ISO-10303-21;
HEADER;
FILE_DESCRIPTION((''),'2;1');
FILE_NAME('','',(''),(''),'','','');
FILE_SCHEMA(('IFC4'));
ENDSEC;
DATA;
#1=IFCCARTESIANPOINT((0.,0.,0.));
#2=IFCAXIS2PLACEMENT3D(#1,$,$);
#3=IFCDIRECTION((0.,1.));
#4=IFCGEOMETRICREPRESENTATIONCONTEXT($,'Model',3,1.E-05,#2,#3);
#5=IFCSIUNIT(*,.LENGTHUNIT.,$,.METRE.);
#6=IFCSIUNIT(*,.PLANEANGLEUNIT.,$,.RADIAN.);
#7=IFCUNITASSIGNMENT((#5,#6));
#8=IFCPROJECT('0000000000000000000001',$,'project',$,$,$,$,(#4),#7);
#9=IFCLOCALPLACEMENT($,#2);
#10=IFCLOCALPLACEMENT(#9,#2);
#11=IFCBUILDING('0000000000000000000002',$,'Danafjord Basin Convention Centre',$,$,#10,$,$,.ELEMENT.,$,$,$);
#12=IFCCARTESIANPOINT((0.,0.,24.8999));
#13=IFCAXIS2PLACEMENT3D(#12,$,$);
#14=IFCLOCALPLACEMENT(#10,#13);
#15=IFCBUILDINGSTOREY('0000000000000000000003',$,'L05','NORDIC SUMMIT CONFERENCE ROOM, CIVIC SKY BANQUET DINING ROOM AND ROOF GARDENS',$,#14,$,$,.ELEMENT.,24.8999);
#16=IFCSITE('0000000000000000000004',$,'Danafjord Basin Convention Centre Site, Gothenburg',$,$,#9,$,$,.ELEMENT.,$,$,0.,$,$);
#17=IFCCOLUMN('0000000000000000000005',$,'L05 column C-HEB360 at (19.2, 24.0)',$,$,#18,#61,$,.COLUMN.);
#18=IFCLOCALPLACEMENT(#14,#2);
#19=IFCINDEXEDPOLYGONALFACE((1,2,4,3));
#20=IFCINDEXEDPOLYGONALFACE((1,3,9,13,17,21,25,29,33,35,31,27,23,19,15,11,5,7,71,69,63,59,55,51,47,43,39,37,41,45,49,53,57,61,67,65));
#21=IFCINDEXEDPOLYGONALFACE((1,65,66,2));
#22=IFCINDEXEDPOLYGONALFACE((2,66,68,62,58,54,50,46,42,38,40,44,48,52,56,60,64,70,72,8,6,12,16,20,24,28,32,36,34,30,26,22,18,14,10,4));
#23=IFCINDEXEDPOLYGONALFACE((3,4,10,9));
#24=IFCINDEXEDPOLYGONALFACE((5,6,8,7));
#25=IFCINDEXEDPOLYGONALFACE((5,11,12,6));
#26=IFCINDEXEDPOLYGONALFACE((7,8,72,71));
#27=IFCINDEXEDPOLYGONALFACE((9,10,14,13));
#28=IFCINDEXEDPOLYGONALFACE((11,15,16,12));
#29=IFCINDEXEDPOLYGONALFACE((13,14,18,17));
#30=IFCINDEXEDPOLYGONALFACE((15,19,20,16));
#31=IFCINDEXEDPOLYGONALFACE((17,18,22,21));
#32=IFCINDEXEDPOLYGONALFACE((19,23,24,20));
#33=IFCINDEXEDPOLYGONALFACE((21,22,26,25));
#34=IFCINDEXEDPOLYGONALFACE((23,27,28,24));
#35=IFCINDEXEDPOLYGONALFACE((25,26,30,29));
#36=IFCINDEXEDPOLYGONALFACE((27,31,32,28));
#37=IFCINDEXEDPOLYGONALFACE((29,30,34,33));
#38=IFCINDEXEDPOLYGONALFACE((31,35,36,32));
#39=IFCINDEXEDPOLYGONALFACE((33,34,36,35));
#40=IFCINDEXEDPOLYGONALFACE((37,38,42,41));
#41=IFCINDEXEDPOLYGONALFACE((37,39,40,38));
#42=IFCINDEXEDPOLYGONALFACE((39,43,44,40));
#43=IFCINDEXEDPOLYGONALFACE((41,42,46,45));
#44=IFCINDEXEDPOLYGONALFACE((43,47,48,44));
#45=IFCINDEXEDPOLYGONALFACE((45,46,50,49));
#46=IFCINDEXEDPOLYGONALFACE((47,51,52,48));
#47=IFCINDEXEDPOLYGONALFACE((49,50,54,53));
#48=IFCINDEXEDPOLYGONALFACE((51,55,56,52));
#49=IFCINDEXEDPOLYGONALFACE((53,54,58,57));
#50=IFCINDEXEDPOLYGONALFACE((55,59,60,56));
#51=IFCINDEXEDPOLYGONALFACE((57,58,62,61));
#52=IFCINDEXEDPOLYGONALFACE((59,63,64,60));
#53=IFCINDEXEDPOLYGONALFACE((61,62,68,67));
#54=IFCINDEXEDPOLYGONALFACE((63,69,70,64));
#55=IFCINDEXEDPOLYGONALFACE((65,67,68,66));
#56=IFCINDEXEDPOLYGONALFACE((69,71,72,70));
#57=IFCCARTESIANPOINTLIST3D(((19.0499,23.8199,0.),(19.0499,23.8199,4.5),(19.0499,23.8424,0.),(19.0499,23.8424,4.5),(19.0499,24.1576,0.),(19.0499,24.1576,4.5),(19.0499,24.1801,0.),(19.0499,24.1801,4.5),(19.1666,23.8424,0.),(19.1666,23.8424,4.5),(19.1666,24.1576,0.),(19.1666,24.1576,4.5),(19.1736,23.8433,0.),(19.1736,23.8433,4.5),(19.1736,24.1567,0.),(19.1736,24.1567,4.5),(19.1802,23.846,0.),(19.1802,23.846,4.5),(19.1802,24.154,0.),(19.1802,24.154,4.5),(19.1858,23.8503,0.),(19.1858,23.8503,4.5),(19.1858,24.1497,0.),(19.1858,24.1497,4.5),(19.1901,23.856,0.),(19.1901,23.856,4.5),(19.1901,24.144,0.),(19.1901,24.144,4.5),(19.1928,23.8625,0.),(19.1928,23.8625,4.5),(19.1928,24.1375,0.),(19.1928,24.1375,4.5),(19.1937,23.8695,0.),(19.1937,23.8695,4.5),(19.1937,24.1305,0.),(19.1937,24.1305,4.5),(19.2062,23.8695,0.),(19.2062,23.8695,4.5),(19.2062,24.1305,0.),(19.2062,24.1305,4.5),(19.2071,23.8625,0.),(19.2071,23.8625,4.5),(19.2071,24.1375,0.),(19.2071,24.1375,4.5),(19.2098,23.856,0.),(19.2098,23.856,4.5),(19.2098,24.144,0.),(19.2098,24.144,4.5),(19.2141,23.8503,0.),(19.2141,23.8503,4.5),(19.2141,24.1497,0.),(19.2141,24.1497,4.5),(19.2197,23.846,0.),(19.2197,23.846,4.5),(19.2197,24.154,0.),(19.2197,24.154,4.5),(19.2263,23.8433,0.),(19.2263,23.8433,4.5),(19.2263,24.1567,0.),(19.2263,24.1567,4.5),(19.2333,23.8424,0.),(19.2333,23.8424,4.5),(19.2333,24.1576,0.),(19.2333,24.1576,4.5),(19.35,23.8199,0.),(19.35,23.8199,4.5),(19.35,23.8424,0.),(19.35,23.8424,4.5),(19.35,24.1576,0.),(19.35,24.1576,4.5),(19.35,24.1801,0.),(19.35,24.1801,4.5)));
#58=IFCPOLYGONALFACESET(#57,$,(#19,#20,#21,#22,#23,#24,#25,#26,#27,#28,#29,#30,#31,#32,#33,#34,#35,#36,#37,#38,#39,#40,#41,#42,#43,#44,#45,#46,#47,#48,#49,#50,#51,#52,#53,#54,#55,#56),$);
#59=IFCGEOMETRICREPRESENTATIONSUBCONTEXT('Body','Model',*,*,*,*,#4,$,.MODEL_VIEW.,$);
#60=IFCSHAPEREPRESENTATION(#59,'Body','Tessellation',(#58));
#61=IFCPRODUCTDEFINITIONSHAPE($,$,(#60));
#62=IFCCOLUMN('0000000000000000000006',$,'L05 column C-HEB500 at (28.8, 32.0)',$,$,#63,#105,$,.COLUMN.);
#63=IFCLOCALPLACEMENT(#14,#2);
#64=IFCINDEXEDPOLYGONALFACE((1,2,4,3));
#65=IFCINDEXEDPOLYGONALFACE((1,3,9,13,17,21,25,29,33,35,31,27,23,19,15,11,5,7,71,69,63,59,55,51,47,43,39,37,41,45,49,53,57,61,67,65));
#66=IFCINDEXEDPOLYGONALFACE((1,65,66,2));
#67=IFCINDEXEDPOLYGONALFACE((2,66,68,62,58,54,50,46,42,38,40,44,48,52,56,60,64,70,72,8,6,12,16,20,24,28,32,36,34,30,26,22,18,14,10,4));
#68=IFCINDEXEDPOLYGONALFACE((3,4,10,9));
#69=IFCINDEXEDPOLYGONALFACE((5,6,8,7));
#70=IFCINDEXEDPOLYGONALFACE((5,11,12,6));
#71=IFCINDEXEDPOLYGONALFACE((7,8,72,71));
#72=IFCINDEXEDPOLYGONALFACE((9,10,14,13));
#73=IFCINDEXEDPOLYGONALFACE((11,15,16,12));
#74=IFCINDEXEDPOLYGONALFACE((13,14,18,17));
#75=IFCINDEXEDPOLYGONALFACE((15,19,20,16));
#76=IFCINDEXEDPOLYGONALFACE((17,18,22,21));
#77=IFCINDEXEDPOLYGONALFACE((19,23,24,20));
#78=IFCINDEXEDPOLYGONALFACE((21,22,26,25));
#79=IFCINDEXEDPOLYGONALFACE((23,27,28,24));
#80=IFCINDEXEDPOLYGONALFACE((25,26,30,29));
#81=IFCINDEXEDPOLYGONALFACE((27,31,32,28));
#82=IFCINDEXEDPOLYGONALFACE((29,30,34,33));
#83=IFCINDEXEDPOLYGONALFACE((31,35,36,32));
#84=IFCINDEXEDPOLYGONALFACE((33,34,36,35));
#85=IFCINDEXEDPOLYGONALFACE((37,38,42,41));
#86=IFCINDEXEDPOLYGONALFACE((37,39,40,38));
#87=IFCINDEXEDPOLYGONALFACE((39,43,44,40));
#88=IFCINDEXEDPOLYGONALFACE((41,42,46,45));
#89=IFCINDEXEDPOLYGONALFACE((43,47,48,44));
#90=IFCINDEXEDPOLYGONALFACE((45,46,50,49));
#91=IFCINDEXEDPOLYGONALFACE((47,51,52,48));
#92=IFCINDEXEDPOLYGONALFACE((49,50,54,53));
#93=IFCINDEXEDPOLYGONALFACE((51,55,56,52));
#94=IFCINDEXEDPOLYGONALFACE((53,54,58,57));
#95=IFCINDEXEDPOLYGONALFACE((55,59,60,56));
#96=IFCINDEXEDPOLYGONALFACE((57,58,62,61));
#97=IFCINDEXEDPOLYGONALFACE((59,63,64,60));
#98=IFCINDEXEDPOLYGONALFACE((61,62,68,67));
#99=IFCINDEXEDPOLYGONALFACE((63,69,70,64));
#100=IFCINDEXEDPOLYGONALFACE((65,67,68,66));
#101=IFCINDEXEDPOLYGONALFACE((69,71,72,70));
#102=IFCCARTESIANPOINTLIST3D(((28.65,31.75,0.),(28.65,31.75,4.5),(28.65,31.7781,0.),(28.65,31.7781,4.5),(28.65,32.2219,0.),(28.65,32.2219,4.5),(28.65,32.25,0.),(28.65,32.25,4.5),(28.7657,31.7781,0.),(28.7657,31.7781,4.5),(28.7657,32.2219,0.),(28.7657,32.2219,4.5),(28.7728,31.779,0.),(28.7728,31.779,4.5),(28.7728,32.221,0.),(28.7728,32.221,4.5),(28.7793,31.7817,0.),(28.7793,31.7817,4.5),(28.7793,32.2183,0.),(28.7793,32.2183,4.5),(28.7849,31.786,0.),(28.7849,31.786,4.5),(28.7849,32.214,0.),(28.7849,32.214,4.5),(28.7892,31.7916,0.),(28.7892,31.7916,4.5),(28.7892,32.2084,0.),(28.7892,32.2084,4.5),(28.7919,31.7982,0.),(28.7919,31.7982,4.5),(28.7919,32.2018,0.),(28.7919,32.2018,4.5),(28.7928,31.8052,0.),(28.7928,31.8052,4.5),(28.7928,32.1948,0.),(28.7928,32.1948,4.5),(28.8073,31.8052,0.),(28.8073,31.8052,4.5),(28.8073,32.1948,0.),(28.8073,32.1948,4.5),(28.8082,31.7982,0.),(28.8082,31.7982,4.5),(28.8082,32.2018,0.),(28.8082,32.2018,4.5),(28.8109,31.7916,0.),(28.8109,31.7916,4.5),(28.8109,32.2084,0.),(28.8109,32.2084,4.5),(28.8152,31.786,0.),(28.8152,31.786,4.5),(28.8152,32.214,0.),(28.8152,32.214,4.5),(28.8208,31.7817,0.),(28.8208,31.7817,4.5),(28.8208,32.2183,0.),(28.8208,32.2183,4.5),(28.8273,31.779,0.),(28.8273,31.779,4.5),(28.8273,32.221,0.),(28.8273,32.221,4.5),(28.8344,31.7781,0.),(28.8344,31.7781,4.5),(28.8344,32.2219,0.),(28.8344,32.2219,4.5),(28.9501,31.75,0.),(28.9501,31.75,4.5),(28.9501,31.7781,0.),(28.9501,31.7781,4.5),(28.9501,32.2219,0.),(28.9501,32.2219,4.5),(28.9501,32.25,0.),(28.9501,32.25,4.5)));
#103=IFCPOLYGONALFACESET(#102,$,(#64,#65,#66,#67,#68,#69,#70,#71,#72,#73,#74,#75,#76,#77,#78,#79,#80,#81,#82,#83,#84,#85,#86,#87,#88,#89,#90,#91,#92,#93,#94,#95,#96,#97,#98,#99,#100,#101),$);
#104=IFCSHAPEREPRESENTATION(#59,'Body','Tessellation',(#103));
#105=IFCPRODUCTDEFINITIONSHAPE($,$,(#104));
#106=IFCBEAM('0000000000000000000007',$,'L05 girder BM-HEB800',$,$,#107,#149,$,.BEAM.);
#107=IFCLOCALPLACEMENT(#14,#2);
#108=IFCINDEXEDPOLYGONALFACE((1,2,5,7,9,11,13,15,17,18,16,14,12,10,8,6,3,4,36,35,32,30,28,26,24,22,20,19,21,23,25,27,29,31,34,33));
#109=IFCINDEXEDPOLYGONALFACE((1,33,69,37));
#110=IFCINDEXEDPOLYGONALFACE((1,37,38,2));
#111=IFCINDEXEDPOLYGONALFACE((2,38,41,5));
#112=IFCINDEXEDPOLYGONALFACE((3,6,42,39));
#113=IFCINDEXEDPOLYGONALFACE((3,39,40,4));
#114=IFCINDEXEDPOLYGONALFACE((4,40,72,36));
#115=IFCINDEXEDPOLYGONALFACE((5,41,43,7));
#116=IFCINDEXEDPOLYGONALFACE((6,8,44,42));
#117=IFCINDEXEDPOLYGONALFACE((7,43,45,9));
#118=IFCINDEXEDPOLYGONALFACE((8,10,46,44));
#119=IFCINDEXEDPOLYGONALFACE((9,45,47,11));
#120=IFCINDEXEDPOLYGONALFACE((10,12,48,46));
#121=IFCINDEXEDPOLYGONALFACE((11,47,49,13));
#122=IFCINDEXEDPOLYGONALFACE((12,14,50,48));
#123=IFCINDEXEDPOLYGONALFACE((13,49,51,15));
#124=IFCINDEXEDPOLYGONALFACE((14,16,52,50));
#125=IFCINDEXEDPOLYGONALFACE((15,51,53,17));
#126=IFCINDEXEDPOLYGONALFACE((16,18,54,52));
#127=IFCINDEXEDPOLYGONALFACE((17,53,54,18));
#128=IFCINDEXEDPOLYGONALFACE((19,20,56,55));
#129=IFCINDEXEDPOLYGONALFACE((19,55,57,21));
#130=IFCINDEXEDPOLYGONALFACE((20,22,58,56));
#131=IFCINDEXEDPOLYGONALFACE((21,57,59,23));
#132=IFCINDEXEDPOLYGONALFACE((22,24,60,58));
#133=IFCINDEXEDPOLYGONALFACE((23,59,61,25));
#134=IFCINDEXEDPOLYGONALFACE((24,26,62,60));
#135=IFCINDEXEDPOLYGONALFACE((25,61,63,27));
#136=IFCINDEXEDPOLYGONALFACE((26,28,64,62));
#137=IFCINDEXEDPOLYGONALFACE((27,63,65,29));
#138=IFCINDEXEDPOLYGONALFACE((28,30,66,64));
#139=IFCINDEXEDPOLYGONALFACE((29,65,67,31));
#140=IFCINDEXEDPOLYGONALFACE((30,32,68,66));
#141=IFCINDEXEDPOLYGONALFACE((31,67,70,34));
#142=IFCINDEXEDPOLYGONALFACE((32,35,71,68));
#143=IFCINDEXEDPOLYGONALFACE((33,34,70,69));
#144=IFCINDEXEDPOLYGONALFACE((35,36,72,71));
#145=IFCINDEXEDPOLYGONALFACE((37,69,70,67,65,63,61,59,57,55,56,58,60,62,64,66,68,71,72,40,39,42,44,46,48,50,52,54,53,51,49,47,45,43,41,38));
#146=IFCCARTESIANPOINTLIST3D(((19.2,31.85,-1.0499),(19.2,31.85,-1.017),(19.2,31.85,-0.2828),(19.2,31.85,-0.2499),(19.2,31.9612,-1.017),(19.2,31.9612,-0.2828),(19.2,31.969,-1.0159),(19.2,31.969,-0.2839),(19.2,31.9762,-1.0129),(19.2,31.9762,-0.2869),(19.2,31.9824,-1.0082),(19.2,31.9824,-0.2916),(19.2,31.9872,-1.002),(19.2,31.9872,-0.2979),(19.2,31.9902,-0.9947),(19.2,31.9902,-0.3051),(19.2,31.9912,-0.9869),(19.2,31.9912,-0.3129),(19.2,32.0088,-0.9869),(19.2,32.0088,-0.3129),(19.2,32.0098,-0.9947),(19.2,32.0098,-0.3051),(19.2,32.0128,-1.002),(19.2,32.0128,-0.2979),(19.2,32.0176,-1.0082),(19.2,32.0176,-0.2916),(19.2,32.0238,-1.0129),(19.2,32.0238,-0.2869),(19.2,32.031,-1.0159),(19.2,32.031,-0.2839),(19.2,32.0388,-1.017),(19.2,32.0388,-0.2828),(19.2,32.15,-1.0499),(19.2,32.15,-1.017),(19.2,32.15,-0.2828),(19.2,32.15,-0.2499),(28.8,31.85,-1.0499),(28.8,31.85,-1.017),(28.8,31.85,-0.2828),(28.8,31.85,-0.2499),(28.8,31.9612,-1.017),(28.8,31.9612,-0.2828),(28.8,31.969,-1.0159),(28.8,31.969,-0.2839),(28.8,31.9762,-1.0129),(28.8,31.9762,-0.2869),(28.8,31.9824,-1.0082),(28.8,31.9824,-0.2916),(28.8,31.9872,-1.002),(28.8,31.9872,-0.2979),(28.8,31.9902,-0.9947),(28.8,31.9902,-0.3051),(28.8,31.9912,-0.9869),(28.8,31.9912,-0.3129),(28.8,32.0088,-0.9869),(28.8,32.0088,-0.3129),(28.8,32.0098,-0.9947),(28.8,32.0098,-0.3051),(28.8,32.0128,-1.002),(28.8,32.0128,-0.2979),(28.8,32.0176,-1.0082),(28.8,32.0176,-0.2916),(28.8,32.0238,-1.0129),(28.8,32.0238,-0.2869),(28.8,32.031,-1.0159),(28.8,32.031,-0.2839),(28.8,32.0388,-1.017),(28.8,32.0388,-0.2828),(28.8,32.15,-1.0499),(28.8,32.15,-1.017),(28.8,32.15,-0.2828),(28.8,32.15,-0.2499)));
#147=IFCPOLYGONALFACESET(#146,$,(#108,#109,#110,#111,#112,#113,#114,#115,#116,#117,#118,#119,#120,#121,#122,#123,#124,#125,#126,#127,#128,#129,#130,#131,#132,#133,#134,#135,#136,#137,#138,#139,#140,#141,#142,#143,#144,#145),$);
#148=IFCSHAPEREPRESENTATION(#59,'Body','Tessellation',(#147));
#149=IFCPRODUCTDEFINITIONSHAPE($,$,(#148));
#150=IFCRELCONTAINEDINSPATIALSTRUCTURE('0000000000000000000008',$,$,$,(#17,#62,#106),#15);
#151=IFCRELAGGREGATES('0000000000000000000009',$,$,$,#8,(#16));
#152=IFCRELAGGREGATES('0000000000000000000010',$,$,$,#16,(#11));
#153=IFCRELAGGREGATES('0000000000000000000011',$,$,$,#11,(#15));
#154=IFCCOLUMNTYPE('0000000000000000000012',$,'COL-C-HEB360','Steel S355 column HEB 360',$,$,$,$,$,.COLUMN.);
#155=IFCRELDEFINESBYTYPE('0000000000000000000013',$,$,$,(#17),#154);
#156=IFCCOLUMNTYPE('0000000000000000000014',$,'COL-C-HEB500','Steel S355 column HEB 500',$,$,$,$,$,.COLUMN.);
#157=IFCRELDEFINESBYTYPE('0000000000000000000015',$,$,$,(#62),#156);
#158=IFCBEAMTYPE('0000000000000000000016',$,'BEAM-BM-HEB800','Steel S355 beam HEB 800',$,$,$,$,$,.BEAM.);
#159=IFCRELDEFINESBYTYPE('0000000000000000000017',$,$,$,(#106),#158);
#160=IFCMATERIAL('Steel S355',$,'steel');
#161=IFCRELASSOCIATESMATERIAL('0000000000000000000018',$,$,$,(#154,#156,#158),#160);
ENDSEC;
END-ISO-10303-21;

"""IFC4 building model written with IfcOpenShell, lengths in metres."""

from ifc_helpers import new_model, si_unit, direction, frame, origin, origin_2d, place, context, subcontext, project, spatial, i_section, extrude, material, material_profile, profile_set, type_object, element, save


model = new_model("IFC4")

# Units and contexts
model_context = context("Model", 3, precision=1e-05, world=origin(), true_north=direction((0.0, 1.0)))
body_context = subcontext(model_context, "Body", "Model", "MODEL_VIEW")
ifc_project = project(units=[si_unit("LENGTHUNIT", "METRE"), si_unit("PLANEANGLEUNIT", "RADIAN")], contexts=[model_context])

# Site, building, storey
site_placement = place(None, origin())
site = spatial("IfcSite", under=ifc_project, at=site_placement, Name="Danafjord Basin Convention Centre Site, Gothenburg", CompositionType="ELEMENT", RefElevation=0.0)
building_placement = place(site_placement, origin())
building = spatial("IfcBuilding", under=site, at=building_placement, Name="Danafjord Basin Convention Centre", CompositionType="ELEMENT")
storey_placement = place(building_placement, frame((0.0, 0.0, 24.8999)))
storey = spatial("IfcBuildingStorey", under=building, at=storey_placement, Name="L05", Description="NORDIC SUMMIT CONFERENCE ROOM, CIVIC SKY BANQUET DINING ROOM AND ROOF GARDENS", CompositionType="ELEMENT", Elevation=24.8999)

# Columns
ifc_material_1 = material(Name="Steel S355", Category="steel")
ifc_material_profile_1 = material_profile(ifc_material_1, i_section(OverallWidth=0.3, OverallDepth=0.3601, WebThickness=0.0125, FlangeThickness=0.0225, FilletRadius=0.0271, at=origin_2d()), Name="HEB 360")
ifc_profile_set_1 = profile_set([ifc_material_profile_1], Name="Steel S355")
column_type_1 = type_object("IfcColumnType", Name="COL-C-HEB360", Description="Steel S355 column HEB 360", PredefinedType="COLUMN", material=ifc_profile_set_1)
column_1_placement = place(storey_placement, frame((19.2, 24.0, 0.0), z_axis=(0.0, 0.0, 1.0), x_axis=(1.0, 0.0, 0.0)))
element("IfcColumn", 1, at=column_1_placement, inside=storey, type_object=column_type_1, Name="L05 column C-HEB360 at (19.2, 24.0)", PredefinedType="COLUMN", context=body_context, shape_type="SweptSolid", body=[
    extrude(i_section(OverallWidth=0.3, OverallDepth=0.3601, WebThickness=0.0125, FlangeThickness=0.0225, FilletRadius=0.0271, at=origin_2d()), origin(), (0.0, 0.0, 1.0), 4.5),
])
ifc_material_profile_2 = material_profile(ifc_material_1, i_section(OverallWidth=0.3, OverallDepth=0.5, WebThickness=0.0144, FlangeThickness=0.0281, FilletRadius=0.0271, at=origin_2d()), Name="HEB 500")
ifc_profile_set_2 = profile_set([ifc_material_profile_2], Name="Steel S355")
column_type_2 = type_object("IfcColumnType", Name="COL-C-HEB500", Description="Steel S355 column HEB 500", PredefinedType="COLUMN", material=ifc_profile_set_2)
column_2_placement = place(storey_placement, frame((28.8, 32.0, 0.0), z_axis=(0.0, 0.0, 1.0), x_axis=(1.0, 0.0, 0.0)))
element("IfcColumn", 2, at=column_2_placement, inside=storey, type_object=column_type_2, Name="L05 column C-HEB500 at (28.8, 32.0)", PredefinedType="COLUMN", context=body_context, shape_type="SweptSolid", body=[
    extrude(i_section(OverallWidth=0.3, OverallDepth=0.5, WebThickness=0.0144, FlangeThickness=0.0281, FilletRadius=0.0271, at=origin_2d()), origin(), (0.0, 0.0, 1.0), 4.5),
])

# Beam
ifc_material_profile_3 = material_profile(ifc_material_1, i_section(OverallWidth=0.3, OverallDepth=0.8, WebThickness=0.0176, FlangeThickness=0.033, FilletRadius=0.03, at=origin_2d()), Name="HEB 800")
ifc_profile_set_3 = profile_set([ifc_material_profile_3], Name="Steel S355")
beam_type_1 = type_object("IfcBeamType", Name="BEAM-BM-HEB800", Description="Steel S355 beam HEB 800", PredefinedType="BEAM", material=ifc_profile_set_3)
beam_1_placement = place(storey_placement, frame((19.2, 32.0, -0.6499), z_axis=(1.0, 0.0, 0.0), x_axis=(0.0, 1.0, 0.0)))
element("IfcBeam", 3, at=beam_1_placement, inside=storey, type_object=beam_type_1, Name="L05 girder BM-HEB800", PredefinedType="BEAM", context=body_context, shape_type="SweptSolid", body=[
    extrude(i_section(OverallWidth=0.3, OverallDepth=0.8, WebThickness=0.0176, FlangeThickness=0.033, FilletRadius=0.03, at=origin_2d()), origin(), (0.0, 0.0, 1.0), 9.6001),
])

save(model, "model.ifc")
